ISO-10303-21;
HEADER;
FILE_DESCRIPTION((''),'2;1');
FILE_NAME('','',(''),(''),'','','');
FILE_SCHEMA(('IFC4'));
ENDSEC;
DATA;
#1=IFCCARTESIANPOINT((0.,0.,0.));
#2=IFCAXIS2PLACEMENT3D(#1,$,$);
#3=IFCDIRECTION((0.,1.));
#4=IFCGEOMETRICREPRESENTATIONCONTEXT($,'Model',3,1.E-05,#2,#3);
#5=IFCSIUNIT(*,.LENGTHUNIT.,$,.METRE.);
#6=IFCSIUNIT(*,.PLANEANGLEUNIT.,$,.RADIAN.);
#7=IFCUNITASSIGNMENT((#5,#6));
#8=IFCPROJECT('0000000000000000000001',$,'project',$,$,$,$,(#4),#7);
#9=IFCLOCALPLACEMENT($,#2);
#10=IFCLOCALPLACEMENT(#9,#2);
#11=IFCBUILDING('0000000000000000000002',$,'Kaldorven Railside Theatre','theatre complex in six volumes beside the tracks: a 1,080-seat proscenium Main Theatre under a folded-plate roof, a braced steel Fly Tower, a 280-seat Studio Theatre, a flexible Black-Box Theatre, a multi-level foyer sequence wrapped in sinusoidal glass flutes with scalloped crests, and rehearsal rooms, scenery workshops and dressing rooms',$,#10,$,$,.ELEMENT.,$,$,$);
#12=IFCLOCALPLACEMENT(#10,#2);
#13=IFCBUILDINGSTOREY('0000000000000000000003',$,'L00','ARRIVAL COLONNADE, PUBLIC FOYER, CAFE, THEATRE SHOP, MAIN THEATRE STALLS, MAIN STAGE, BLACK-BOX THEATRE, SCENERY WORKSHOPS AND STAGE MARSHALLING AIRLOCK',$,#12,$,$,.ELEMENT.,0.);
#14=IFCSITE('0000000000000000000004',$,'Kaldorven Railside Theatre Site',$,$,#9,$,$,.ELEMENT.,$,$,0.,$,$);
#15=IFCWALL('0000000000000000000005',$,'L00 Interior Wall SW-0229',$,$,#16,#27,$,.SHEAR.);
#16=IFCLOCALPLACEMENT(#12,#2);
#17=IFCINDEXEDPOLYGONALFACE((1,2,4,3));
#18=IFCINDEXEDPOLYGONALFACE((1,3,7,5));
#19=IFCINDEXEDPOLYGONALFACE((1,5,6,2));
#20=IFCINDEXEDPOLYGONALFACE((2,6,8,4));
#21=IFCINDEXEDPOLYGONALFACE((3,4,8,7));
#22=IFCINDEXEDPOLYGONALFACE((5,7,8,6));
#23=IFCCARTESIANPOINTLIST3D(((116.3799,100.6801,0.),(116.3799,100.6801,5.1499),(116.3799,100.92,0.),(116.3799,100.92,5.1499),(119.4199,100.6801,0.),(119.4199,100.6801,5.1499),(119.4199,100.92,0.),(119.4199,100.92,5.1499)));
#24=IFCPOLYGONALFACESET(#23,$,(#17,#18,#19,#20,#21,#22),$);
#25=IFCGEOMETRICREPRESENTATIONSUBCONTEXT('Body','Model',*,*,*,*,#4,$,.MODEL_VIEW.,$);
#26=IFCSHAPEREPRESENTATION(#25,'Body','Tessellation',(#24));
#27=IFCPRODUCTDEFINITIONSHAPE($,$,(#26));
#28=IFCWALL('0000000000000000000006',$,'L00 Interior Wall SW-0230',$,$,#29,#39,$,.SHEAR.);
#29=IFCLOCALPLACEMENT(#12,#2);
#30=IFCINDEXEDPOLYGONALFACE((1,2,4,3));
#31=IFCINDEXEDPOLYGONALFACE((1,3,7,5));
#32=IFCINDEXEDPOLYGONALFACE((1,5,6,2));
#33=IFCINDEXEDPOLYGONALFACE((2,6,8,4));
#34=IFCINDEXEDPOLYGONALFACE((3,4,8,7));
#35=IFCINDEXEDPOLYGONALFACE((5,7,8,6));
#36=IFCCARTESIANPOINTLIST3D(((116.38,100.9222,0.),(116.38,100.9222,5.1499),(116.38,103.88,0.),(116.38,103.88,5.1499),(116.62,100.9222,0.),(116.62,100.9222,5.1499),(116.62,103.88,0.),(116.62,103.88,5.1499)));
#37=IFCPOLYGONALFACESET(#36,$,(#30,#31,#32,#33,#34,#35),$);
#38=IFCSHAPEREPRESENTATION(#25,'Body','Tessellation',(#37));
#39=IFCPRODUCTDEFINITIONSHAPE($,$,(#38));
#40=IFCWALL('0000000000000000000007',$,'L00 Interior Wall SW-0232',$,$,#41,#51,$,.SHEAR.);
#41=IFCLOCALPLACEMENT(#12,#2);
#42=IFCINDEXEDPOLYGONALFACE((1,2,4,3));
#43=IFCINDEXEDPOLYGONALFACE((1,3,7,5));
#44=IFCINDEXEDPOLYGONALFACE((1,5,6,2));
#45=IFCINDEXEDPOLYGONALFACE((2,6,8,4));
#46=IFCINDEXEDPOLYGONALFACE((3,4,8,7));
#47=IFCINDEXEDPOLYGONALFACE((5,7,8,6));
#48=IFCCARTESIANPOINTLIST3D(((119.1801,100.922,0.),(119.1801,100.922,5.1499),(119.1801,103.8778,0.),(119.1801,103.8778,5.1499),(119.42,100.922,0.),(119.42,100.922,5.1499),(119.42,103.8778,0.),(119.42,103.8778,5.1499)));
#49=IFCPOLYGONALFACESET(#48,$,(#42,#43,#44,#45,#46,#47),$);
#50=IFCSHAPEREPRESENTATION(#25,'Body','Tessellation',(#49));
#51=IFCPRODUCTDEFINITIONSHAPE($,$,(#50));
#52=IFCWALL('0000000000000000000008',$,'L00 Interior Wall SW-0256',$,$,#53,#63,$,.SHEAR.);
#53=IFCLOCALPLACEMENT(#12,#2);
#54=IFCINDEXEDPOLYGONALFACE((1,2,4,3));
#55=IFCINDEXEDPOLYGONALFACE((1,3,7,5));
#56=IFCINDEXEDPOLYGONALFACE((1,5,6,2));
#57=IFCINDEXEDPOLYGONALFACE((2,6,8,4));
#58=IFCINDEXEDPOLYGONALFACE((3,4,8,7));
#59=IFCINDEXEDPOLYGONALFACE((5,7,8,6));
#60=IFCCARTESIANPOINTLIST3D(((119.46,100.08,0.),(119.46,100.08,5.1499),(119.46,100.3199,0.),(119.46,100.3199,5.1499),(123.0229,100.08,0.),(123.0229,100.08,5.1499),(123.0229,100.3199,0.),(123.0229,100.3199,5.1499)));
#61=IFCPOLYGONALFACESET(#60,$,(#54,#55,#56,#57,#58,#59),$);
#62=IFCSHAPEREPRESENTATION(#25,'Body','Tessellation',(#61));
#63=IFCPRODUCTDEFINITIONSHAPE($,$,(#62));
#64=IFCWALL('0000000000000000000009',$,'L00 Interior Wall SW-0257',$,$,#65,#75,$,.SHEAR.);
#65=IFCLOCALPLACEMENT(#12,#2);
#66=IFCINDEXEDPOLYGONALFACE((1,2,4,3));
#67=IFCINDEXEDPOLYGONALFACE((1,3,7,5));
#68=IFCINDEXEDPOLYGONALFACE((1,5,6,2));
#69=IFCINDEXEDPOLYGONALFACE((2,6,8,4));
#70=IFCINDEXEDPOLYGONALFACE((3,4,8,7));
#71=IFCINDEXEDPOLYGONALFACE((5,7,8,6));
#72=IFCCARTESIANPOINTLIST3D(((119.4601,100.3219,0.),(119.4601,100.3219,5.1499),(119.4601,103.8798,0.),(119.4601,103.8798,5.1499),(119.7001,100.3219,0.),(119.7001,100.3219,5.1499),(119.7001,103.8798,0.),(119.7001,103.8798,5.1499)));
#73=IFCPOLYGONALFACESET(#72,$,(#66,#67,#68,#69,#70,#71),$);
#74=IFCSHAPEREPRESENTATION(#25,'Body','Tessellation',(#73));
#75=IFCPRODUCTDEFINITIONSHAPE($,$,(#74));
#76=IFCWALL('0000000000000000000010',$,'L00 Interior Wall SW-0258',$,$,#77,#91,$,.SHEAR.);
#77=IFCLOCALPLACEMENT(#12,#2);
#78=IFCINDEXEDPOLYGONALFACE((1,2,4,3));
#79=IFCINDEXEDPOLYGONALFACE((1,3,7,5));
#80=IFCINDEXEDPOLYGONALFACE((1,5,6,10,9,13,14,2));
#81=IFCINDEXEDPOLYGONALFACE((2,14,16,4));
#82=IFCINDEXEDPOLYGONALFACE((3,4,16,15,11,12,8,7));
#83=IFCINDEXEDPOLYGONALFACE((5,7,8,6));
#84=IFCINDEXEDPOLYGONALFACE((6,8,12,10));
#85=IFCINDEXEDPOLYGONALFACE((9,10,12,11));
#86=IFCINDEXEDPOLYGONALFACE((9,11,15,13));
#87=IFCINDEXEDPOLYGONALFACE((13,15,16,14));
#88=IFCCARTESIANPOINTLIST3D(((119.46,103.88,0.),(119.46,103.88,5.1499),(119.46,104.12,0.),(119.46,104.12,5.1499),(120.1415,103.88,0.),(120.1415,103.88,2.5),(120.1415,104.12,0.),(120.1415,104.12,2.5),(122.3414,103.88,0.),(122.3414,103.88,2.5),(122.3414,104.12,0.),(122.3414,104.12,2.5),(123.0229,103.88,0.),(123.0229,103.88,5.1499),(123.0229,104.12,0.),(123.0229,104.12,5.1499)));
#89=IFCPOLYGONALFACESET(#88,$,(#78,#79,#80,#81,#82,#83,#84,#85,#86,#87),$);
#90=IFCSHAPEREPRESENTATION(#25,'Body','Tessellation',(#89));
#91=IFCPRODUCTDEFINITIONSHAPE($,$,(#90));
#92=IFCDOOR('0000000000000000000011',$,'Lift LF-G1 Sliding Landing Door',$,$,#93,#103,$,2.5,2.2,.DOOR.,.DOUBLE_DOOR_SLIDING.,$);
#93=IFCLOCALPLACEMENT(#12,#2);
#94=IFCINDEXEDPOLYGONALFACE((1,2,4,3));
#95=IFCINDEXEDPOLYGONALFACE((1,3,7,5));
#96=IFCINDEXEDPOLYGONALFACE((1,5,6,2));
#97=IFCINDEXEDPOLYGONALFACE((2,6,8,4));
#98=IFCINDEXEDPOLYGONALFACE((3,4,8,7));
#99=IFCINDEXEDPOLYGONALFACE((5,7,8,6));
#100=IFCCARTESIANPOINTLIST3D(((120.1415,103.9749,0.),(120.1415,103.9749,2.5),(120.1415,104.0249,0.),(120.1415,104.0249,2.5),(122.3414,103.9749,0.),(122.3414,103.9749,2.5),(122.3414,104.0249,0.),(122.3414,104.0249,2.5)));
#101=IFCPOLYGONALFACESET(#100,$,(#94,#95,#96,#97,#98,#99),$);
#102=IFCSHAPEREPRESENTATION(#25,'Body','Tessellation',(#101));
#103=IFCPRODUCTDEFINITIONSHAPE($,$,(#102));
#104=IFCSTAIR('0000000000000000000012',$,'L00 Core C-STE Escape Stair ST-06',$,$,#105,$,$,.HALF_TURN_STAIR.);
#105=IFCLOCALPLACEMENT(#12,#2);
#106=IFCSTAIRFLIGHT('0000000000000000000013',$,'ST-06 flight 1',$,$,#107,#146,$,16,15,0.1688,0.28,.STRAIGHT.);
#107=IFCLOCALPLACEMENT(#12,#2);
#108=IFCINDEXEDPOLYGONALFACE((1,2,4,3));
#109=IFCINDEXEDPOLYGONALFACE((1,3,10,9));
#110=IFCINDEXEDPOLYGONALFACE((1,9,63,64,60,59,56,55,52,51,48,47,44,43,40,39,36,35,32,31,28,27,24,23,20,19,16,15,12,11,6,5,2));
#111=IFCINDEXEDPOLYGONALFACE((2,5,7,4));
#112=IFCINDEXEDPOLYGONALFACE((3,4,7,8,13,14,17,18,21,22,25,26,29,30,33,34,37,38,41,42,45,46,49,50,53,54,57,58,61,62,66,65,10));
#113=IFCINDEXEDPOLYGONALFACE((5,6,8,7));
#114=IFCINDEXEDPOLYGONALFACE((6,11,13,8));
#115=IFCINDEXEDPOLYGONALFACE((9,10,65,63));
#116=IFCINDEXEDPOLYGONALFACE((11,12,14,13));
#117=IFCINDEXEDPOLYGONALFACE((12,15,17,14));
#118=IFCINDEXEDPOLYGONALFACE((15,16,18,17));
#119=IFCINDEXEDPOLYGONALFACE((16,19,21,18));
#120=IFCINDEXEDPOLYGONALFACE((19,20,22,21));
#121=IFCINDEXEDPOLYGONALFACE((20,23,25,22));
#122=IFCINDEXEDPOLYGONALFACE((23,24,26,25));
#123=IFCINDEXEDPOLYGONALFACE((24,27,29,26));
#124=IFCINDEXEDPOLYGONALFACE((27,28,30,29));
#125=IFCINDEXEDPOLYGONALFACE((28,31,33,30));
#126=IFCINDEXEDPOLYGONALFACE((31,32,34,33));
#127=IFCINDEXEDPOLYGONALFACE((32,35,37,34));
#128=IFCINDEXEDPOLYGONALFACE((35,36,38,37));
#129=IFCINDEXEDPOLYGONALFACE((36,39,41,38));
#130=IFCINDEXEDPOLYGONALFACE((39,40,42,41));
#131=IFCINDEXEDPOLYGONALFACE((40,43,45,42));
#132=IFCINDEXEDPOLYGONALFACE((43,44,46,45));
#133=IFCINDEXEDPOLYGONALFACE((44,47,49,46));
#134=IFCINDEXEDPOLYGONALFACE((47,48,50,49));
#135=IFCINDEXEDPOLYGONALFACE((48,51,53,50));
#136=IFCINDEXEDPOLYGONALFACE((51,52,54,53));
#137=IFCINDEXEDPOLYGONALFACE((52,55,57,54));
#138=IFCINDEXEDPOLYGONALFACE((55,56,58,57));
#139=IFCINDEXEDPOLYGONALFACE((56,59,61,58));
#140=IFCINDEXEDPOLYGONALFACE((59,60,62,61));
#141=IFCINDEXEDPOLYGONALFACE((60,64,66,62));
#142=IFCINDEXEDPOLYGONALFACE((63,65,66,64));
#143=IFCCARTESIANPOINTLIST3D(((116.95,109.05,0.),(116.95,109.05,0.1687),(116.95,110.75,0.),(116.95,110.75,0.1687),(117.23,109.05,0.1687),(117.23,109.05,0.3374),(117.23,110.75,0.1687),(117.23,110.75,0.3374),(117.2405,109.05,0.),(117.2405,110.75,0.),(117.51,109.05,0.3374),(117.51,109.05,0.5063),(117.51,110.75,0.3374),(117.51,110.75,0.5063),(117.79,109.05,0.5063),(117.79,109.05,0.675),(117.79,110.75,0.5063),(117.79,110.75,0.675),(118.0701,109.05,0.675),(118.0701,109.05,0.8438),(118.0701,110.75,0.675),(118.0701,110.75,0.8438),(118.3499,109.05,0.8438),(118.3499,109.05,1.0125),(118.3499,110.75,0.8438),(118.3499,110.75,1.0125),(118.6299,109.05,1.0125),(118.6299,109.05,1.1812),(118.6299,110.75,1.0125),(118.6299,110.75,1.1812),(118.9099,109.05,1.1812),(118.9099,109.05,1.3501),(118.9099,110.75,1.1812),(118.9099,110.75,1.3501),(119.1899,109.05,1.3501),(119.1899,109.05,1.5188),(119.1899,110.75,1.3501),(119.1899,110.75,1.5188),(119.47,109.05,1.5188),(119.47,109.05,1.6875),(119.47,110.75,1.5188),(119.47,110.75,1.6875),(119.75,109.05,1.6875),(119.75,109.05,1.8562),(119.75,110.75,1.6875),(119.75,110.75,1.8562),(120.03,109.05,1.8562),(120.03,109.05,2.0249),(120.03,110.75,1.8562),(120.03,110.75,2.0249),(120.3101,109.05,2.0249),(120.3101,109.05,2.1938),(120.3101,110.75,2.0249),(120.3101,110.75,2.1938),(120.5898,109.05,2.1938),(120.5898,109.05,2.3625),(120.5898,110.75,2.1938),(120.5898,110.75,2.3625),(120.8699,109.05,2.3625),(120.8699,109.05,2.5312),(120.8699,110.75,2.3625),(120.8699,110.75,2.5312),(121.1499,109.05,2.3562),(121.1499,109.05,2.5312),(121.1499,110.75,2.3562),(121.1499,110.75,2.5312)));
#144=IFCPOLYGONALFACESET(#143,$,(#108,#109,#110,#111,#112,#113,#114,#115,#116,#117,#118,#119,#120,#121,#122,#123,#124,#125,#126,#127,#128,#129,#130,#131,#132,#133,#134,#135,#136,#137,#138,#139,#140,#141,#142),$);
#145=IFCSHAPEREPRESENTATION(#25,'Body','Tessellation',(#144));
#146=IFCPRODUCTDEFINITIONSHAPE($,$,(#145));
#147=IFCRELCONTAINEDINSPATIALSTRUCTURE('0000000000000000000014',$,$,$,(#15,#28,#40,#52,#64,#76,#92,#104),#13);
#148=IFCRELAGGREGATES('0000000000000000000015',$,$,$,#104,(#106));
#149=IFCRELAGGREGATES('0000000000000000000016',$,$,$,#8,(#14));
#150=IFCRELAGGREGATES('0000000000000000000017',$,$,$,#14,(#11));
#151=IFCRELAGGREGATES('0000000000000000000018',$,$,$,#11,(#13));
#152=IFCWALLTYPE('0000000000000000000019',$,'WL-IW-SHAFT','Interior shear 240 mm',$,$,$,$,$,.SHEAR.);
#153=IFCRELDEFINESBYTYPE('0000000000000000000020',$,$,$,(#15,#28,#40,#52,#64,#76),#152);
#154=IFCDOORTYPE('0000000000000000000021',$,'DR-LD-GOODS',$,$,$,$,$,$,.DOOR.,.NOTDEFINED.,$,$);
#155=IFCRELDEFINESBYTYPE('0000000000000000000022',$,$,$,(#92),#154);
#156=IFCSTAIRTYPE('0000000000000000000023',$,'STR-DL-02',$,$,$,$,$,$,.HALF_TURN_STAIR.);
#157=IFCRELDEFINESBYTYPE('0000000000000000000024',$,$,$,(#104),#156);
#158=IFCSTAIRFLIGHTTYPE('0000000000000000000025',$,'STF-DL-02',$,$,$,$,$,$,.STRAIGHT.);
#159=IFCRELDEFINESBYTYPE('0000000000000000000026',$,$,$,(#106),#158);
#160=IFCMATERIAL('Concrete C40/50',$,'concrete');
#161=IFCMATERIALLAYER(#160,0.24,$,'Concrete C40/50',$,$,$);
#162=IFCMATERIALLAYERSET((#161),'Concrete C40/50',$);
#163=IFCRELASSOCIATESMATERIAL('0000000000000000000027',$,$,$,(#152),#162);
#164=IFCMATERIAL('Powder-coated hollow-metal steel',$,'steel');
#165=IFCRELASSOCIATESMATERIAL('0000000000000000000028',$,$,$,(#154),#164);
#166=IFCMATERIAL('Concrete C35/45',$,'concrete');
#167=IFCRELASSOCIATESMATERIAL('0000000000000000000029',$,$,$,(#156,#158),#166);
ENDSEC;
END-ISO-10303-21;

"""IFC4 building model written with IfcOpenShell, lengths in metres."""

from ifc_helpers import new_model, si_unit, direction, frame, frame_2d, origin, place, context, subcontext, project, spatial, polyline, rectangle, outline, extrude, material, layer, layer_set, type_object, element, fill, aggregate, save


model = new_model("IFC4")

# Units and contexts
model_context = context("Model", 3, precision=1e-05, world=origin(), true_north=direction((0.0, 1.0)))
body_context = subcontext(model_context, "Body", "Model", "MODEL_VIEW")
ifc_project = project(units=[si_unit("LENGTHUNIT", "METRE"), si_unit("PLANEANGLEUNIT", "RADIAN")], contexts=[model_context])

# Site, building, storey
site_placement = place(None, origin())
site = spatial("IfcSite", under=ifc_project, at=site_placement, Name="Kaldorven Railside Theatre Site", CompositionType="ELEMENT", RefElevation=0.0)
building_placement = place(site_placement, origin())
building = spatial("IfcBuilding", under=site, at=building_placement, Name="Kaldorven Railside Theatre", Description="theatre complex in six volumes beside the tracks: a 1,080-seat proscenium Main Theatre under a folded-plate roof, a braced steel Fly Tower, a 280-seat Studio Theatre, a flexible Black-Box Theatre, a multi-level foyer sequence wrapped in sinusoidal glass flutes with scalloped crests, and rehearsal rooms, scenery workshops and dressing rooms", CompositionType="ELEMENT")
storey_placement = place(building_placement, origin())
storey = spatial("IfcBuildingStorey", under=building, at=storey_placement, Name="L00", Description="ARRIVAL COLONNADE, PUBLIC FOYER, CAFE, THEATRE SHOP, MAIN THEATRE STALLS, MAIN STAGE, BLACK-BOX THEATRE, SCENERY WORKSHOPS AND STAGE MARSHALLING AIRLOCK", CompositionType="ELEMENT", Elevation=0.0)

# Shared definitions
ifc_material_1 = material(Name="Concrete C40/50", Category="concrete")

# Walls
ifc_material_2 = material(Name="Concrete C35/45", Category="concrete")
ifc_layer_1 = layer(ifc_material_1, 0.24, Name="Concrete C40/50")
ifc_layer_set_1 = layer_set([ifc_layer_1], Name="Concrete C40/50")
wall_type_1 = type_object("IfcWallType", Name="WL-IW-SHAFT", Description="Interior shear 240 mm", PredefinedType="SHEAR", material=ifc_layer_set_1)
wall_1_placement = place(storey_placement, frame((119.4199, 100.8, 0.0), z_axis=(0.0, 0.0, 1.0), x_axis=(-1.0, 0.0, 0.0)))
element("IfcWall", 1, at=wall_1_placement, inside=storey, type_object=wall_type_1, Name="L00 Interior Wall SW-0229", PredefinedType="SHEAR", context=body_context, shape_type="SweptSolid", body=[
    extrude(rectangle(XDim=3.04, YDim=0.24, at=frame_2d((1.52, 0.0))), origin(), (0.0, 0.0, 1.0), 5.1499),
])
wall_2_placement = place(storey_placement, frame((116.5, 100.9221, 0.0), z_axis=(0.0, 0.0, 1.0), x_axis=(0.0, 1.0, 0.0)))
element("IfcWall", 2, at=wall_2_placement, inside=storey, type_object=wall_type_1, Name="L00 Interior Wall SW-0230", PredefinedType="SHEAR", context=body_context, shape_type="SweptSolid", body=[
    extrude(rectangle(XDim=2.9578, YDim=0.24, at=frame_2d((1.479, 0.0))), origin(), (0.0, 0.0, 1.0), 5.1499),
])

# Shared definitions
ifc_material_3 = material(Name="Powder-coated hollow-metal steel", Category="steel")

# Walls
wall_3_placement = place(storey_placement, frame((119.3, 103.8779, 0.0), z_axis=(0.0, 0.0, 1.0), x_axis=(0.0, -1.0, 0.0)))
element("IfcWall", 3, at=wall_3_placement, inside=storey, type_object=wall_type_1, Name="L00 Interior Wall SW-0232", PredefinedType="SHEAR", context=body_context, shape_type="SweptSolid", body=[
    extrude(rectangle(XDim=2.9558, YDim=0.24, at=frame_2d((1.478, 0.0))), origin(), (0.0, 0.0, 1.0), 5.1499),
])
wall_4_placement = place(storey_placement, frame((123.0229, 100.2, 0.0), z_axis=(0.0, 0.0, 1.0), x_axis=(-1.0, 0.0, 0.0)))
element("IfcWall", 4, at=wall_4_placement, inside=storey, type_object=wall_type_1, Name="L00 Interior Wall SW-0256", PredefinedType="SHEAR", context=body_context, shape_type="SweptSolid", body=[
    extrude(rectangle(XDim=3.563, YDim=0.24, at=frame_2d((1.7815, 0.0))), origin(), (0.0, 0.0, 1.0), 5.1499),
])
wall_5_placement = place(storey_placement, frame((119.5801, 100.322, 0.0), z_axis=(0.0, 0.0, 1.0), x_axis=(0.0, 1.0, 0.0)))
element("IfcWall", 5, at=wall_5_placement, inside=storey, type_object=wall_type_1, Name="L00 Interior Wall SW-0257", PredefinedType="SHEAR", context=body_context, shape_type="SweptSolid", body=[
    extrude(rectangle(XDim=3.5579, YDim=0.24, at=frame_2d((1.7788, 0.0))), origin(), (0.0, 0.0, 1.0), 5.1499),
])

# Wall, opening, door
wall_6_placement = place(storey_placement, frame((119.46, 104.0, 0.0), z_axis=(0.0, 0.0, 1.0), x_axis=(1.0, 0.0, 0.0)))
wall_6 = element("IfcWall", 6, at=wall_6_placement, inside=storey, type_object=wall_type_1, Name="L00 Interior Wall SW-0258", PredefinedType="SHEAR", context=body_context, shape_type="SweptSolid", body=[
    extrude(rectangle(XDim=3.563, YDim=0.24, at=frame_2d((1.7815, 0.0))), origin(), (0.0, 0.0, 1.0), 5.1499),
])
opening_1_placement = place(wall_6_placement, frame((0.6814, 0.0, 0.0)))
opening_1 = element("IfcOpeningElement", 7, at=opening_1_placement, cuts=wall_6, PredefinedType="OPENING", context=body_context, shape_type="SweptSolid", body=[
    extrude(rectangle(XDim=2.2, YDim=2.5, at=frame_2d((1.1001, 1.25))), frame((0.0, 0.1299, 0.0), z_axis=(0.0, -1.0, 0.0), x_axis=(1.0, 0.0, 0.0)), (0.0, 0.0, 1.0), 0.26),
])
door_type_1 = type_object("IfcDoorType", Name="DR-LD-GOODS", OperationType="NOTDEFINED", PredefinedType="DOOR", material=ifc_material_3)
door_1_placement = place(opening_1_placement, origin())
door_1 = element("IfcDoor", 8, at=door_1_placement, inside=storey, type_object=door_type_1, Name="Lift LF-G1 Sliding Landing Door", OperationType="DOUBLE_DOOR_SLIDING", OverallHeight=2.5, OverallWidth=2.2, PredefinedType="DOOR", context=body_context, shape_type="SweptSolid", body=[
    extrude(rectangle(XDim=2.2, YDim=2.5, at=frame_2d((1.1001, 1.25))), frame((0.0, 0.0249, 0.0), z_axis=(0.0, -1.0, 0.0), x_axis=(1.0, 0.0, 0.0)), (0.0, 0.0, 1.0), 0.05),
])
fill(opening_1, door_1)

# Stair, stair flight
stair_type = type_object("IfcStairType", Name="STR-DL-02", PredefinedType="HALF_TURN_STAIR", material=ifc_material_2)
stair_placement = place(storey_placement, origin())
stair = element("IfcStair", 9, at=stair_placement, inside=storey, type_object=stair_type, Name="L00 Core C-STE Escape Stair ST-06", PredefinedType="HALF_TURN_STAIR")
stair_flight_type = type_object("IfcStairFlightType", Name="STF-DL-02", PredefinedType="STRAIGHT", material=ifc_material_2)
stair_flight_placement = place(storey_placement, frame((116.95, 109.8999, 0.0), z_axis=(0.0, 0.0, 1.0), x_axis=(1.0, 0.0, 0.0)))
stair_flight = element("IfcStairFlight", 10, at=stair_flight_placement, type_object=stair_flight_type, Name="ST-06 flight 1", NumberOfRisers=16, NumberOfTreads=15, PredefinedType="STRAIGHT", RiserHeight=0.1688, TreadLength=0.28, context=body_context, shape_type="SweptSolid", body=[
    extrude(outline(polyline([(0.0, 0.0), (0.0, 0.1687), (0.28, 0.1687), (0.28, 0.3374), (0.5601, 0.3374), (0.5601, 0.5063), (0.8401, 0.5063), (0.8401, 0.675), (1.1201, 0.675), (1.1201, 0.8438), (1.3999, 0.8438), (1.3999, 1.0125), (1.6799, 1.0125), (1.6799, 1.1812), (1.96, 1.1812), (1.96, 1.3501), (2.24, 1.3501), (2.24, 1.5188), (2.52, 1.5188), (2.52, 1.6875), (2.8, 1.6875), (2.8, 1.8562), (3.0801, 1.8562), (3.0801, 2.0249), (3.3601, 2.0249), (3.3601, 2.1938), (3.6399, 2.1938), (3.6399, 2.3625), (3.9199, 2.3625), (3.9199, 2.5312), (4.2, 2.5312), (4.2, 2.7), (4.2, 2.3562), (0.2905, 0.0), (0.0, 0.0)])), frame((0.0, 0.8501, 0.0), z_axis=(0.0, -1.0, 0.0), x_axis=(1.0, 0.0, 0.0)), (0.0, 0.0, 1.0), 1.7),
])
aggregate(stair, [stair_flight])

save(model, "model.ifc")
